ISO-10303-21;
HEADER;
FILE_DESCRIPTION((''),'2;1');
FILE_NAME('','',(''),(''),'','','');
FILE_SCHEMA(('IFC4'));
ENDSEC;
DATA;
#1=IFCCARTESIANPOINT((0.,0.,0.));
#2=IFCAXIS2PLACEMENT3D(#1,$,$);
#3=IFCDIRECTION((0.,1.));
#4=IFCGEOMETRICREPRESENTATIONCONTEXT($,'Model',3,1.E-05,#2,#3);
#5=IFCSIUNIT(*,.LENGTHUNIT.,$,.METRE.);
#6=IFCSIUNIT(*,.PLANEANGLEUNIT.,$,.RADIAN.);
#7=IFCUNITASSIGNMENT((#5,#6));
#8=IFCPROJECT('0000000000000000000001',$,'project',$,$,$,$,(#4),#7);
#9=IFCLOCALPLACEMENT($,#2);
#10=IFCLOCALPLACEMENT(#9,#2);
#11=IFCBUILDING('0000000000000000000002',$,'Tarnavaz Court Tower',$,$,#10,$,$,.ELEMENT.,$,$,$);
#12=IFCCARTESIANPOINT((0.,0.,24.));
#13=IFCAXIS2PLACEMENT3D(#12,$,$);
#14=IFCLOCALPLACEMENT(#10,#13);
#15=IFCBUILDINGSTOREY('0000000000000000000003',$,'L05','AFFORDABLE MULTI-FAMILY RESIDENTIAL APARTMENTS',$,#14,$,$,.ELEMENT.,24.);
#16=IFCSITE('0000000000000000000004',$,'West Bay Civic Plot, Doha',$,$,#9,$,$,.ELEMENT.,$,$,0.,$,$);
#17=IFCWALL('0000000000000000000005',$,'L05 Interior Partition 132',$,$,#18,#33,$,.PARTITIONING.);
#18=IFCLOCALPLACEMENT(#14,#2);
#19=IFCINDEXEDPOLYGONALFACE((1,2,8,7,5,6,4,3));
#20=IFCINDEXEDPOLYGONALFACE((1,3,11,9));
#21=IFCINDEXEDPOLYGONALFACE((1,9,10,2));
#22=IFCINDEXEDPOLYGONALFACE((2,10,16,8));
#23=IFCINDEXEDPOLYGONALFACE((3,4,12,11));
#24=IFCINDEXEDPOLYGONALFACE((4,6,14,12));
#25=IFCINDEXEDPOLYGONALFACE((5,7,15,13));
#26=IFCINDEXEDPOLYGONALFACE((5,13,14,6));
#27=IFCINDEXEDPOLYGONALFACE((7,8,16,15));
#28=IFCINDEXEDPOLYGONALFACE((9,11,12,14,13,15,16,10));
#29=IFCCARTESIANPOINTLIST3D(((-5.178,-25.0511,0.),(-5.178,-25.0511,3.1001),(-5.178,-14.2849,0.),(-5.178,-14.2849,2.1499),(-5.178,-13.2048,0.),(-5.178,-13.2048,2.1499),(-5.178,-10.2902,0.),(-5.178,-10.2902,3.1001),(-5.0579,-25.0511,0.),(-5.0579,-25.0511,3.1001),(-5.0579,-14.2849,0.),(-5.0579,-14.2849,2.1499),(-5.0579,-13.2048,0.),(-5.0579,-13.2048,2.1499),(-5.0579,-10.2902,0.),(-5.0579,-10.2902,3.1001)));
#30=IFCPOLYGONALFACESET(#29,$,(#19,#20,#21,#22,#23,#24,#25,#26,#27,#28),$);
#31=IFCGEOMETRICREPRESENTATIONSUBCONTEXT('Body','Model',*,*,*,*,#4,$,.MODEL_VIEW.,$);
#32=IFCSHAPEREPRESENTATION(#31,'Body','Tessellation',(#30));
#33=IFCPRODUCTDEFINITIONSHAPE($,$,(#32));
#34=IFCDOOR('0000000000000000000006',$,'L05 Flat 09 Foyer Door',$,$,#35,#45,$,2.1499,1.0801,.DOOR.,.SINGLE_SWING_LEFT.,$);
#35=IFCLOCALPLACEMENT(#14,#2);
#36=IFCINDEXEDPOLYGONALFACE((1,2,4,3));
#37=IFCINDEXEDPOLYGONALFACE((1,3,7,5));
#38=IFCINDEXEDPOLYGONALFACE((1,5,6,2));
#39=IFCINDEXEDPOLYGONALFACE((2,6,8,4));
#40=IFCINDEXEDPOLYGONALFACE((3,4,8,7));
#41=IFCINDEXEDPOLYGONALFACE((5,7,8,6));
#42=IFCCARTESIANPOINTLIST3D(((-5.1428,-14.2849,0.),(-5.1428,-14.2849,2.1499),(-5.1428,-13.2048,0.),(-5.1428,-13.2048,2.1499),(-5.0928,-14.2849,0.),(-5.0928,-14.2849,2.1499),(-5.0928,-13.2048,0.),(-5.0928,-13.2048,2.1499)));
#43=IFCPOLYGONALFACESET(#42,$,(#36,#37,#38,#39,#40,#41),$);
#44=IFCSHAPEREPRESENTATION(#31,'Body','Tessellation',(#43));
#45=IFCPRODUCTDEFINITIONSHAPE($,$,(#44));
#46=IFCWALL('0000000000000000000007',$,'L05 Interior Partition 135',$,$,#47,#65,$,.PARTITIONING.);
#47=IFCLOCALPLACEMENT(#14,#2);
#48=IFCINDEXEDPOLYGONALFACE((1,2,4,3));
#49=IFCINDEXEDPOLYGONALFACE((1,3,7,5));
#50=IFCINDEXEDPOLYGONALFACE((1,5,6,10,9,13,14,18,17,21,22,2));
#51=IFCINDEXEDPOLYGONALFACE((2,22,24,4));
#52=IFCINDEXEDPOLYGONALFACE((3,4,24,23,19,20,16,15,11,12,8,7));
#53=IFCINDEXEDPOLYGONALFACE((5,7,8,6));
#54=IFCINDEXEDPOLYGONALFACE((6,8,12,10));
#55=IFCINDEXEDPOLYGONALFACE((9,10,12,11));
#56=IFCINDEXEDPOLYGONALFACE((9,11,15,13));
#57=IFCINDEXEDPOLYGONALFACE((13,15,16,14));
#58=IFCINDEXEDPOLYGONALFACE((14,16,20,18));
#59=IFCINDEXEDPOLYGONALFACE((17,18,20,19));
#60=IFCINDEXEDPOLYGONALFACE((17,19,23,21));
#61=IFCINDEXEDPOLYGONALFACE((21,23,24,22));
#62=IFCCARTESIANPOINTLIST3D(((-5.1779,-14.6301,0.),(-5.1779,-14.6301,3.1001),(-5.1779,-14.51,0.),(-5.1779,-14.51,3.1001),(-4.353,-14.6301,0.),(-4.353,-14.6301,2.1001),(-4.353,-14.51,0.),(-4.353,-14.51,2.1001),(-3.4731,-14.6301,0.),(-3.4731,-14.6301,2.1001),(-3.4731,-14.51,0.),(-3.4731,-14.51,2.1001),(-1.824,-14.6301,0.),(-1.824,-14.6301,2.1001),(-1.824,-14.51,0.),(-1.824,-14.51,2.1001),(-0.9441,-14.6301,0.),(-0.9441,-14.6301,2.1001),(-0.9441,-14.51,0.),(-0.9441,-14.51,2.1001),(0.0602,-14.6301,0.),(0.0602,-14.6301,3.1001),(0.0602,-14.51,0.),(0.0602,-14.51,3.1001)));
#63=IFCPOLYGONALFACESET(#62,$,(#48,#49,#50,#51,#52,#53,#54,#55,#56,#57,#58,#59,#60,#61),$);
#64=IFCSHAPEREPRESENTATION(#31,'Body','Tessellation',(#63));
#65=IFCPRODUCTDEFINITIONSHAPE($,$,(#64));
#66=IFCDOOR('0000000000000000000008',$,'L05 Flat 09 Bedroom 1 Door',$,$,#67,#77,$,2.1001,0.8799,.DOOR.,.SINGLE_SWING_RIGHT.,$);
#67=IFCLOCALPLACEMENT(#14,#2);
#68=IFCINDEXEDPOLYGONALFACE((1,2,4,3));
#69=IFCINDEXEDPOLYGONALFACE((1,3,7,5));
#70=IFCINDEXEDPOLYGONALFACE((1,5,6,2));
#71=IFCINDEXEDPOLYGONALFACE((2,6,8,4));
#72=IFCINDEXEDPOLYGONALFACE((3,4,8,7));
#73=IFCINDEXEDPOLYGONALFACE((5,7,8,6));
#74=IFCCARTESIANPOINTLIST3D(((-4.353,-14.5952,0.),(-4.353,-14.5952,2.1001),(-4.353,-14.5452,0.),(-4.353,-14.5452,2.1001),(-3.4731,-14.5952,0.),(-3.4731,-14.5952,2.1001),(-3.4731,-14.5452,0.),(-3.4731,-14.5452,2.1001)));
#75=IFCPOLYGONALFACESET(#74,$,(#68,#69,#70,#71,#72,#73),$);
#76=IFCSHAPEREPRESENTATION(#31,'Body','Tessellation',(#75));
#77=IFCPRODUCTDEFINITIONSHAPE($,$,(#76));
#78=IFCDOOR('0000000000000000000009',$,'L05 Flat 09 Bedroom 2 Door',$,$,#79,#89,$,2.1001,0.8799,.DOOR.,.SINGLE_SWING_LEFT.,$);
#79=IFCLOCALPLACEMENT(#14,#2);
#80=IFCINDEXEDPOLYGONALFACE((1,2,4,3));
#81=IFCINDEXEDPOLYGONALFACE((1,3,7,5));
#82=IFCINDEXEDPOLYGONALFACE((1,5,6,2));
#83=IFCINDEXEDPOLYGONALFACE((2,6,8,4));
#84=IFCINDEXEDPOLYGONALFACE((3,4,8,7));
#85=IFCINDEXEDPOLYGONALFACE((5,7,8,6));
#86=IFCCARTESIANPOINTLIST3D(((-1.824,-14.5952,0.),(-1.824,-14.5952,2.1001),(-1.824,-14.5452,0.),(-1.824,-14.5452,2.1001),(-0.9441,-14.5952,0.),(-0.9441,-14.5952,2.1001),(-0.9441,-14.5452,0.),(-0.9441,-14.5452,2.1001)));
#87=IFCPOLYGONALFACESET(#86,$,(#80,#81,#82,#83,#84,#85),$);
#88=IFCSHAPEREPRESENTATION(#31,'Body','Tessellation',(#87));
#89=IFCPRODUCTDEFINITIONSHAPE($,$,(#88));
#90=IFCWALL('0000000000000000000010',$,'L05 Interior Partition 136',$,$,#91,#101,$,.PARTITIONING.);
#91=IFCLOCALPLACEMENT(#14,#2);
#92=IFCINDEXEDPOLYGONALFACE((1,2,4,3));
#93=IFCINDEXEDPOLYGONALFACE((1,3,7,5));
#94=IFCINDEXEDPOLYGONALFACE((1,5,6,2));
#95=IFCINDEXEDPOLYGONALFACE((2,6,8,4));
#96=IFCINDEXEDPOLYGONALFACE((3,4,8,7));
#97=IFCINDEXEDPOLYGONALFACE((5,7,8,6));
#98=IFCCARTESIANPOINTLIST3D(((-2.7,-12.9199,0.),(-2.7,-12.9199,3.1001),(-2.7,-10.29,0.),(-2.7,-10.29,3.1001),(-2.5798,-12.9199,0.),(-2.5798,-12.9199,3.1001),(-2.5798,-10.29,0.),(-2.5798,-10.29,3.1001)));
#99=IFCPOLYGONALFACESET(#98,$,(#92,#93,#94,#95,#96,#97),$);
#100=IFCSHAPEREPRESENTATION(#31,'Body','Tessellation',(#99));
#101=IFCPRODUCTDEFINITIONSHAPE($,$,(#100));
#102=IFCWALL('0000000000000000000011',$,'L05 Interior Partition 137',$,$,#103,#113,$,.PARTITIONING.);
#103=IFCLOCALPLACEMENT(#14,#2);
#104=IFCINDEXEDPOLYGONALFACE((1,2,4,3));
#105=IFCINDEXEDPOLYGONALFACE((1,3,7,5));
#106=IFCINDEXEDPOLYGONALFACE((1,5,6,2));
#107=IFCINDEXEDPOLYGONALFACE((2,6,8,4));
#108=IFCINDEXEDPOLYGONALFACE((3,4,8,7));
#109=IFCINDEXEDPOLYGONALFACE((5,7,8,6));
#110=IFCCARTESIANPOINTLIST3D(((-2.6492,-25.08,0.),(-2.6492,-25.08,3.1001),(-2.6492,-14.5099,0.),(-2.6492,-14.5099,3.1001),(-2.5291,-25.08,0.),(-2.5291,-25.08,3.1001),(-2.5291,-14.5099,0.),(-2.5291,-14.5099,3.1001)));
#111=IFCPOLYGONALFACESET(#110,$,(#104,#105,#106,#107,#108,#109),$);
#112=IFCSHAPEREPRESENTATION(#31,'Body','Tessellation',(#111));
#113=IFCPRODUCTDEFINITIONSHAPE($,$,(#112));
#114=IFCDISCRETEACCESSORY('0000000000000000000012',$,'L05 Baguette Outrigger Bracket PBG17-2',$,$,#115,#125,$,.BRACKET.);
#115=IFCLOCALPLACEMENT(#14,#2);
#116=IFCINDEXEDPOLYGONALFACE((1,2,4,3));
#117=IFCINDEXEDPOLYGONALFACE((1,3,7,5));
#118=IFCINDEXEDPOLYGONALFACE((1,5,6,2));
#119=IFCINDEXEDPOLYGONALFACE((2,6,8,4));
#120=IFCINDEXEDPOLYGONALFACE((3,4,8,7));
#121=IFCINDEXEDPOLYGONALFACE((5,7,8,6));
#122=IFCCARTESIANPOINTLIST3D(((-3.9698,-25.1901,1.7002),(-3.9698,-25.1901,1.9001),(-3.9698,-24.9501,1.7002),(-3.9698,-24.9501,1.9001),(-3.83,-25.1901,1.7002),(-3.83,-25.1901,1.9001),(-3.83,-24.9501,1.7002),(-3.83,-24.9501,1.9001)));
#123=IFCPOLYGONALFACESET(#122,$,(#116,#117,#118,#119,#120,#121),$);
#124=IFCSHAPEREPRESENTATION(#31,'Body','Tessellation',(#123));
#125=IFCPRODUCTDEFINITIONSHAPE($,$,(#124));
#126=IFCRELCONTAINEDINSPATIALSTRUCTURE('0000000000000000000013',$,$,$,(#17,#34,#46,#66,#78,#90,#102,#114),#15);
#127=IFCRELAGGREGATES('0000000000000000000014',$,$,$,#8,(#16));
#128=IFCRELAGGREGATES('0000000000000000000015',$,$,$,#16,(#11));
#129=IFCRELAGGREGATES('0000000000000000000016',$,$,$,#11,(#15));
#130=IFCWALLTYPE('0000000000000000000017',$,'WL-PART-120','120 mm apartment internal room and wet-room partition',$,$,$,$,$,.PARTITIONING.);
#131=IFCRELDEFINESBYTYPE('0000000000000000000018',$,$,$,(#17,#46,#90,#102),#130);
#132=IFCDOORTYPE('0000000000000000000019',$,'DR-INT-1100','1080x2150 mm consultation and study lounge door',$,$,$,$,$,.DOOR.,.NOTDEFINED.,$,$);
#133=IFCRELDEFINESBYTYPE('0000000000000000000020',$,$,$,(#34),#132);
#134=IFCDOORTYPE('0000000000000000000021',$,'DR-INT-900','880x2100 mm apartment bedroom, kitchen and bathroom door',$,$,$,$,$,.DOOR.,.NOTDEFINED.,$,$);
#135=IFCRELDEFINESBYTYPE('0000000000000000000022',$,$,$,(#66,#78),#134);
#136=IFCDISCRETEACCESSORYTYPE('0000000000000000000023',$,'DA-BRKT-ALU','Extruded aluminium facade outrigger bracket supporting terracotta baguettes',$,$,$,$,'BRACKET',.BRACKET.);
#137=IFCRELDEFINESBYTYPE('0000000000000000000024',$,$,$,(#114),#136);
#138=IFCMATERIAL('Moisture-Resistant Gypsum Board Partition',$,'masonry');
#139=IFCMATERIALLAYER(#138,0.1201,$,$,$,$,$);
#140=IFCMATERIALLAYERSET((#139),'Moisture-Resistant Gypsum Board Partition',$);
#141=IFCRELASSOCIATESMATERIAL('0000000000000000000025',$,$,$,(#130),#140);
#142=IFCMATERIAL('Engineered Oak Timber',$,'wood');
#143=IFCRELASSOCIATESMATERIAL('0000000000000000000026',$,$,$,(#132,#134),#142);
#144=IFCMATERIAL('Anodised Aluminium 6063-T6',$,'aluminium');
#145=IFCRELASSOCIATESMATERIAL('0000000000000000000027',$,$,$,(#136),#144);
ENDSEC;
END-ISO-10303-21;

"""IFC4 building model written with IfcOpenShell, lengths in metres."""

from ifc_helpers import new_model, si_unit, direction, frame, frame_2d, origin, origin_2d, place, context, subcontext, project, spatial, rectangle, extrude, material, layer, layer_set, type_object, element, fill, save


model = new_model("IFC4")

# Units and contexts
model_context = context("Model", 3, precision=1e-05, world=origin(), true_north=direction((0.0, 1.0)))
body_context = subcontext(model_context, "Body", "Model", "MODEL_VIEW")
ifc_project = project(units=[si_unit("LENGTHUNIT", "METRE"), si_unit("PLANEANGLEUNIT", "RADIAN")], contexts=[model_context])

# Site, building, storey
site_placement = place(None, origin())
site = spatial("IfcSite", under=ifc_project, at=site_placement, Name="West Bay Civic Plot, Doha", CompositionType="ELEMENT", RefElevation=0.0)
building_placement = place(site_placement, origin())
building = spatial("IfcBuilding", under=site, at=building_placement, Name="Tarnavaz Court Tower", CompositionType="ELEMENT")
storey_placement = place(building_placement, frame((0.0, 0.0, 24.0)))
storey = spatial("IfcBuildingStorey", under=building, at=storey_placement, Name="L05", Description="AFFORDABLE MULTI-FAMILY RESIDENTIAL APARTMENTS", CompositionType="ELEMENT", Elevation=24.0)

# Shared definitions
ifc_material_1 = material(Name="Anodised Aluminium 6063-T6", Category="aluminium")

# Wall, opening, door
ifc_material_2 = material(Name="Moisture-Resistant Gypsum Board Partition", Category="masonry")
ifc_layer_1 = layer(ifc_material_2, 0.1201)
ifc_layer_set_1 = layer_set([ifc_layer_1], Name="Moisture-Resistant Gypsum Board Partition")
wall_type_1 = type_object("IfcWallType", Name="WL-PART-120", Description="120 mm apartment internal room and wet-room partition", PredefinedType="PARTITIONING", material=ifc_layer_set_1)
wall_1_placement = place(storey_placement, frame((-5.1179, -25.051, 0.0), z_axis=(0.0, 0.0, 1.0), x_axis=(0.0, 1.0, 0.0)))
wall_1 = element("IfcWall", 1, at=wall_1_placement, inside=storey, type_object=wall_type_1, Name="L05 Interior Partition 132", PredefinedType="PARTITIONING", context=body_context, shape_type="SweptSolid", body=[
    extrude(rectangle(XDim=14.761, YDim=0.1201, at=frame_2d((7.3804, 0.0))), origin(), (0.0, 0.0, 1.0), 3.1001),
])
opening_1_placement = place(wall_1_placement, frame((10.7661, 0.0, 0.0)))
opening_1 = element("IfcOpeningElement", 2, at=opening_1_placement, cuts=wall_1, PredefinedType="OPENING", context=body_context, shape_type="SweptSolid", body=[
    extrude(rectangle(XDim=1.0801, YDim=2.1499, at=frame_2d((0.54, 1.075))), frame((0.0, 0.0701, 0.0), z_axis=(0.0, -1.0, 0.0), x_axis=(1.0, 0.0, 0.0)), (0.0, 0.0, 1.0), 0.1401),
])
ifc_material_3 = material(Name="Engineered Oak Timber", Category="wood")
door_type_1 = type_object("IfcDoorType", Name="DR-INT-1100", Description="1080x2150 mm consultation and study lounge door", OperationType="NOTDEFINED", PredefinedType="DOOR", material=ifc_material_3)
door_1_placement = place(opening_1_placement, origin())
door_1 = element("IfcDoor", 3, at=door_1_placement, inside=storey, type_object=door_type_1, Name="L05 Flat 09 Foyer Door", OperationType="SINGLE_SWING_LEFT", OverallHeight=2.1499, OverallWidth=1.0801, PredefinedType="DOOR", context=body_context, shape_type="SweptSolid", body=[
    extrude(rectangle(XDim=1.0801, YDim=2.1499, at=frame_2d((0.54, 1.075))), frame((0.0, 0.0249, 0.0), z_axis=(0.0, -1.0, 0.0), x_axis=(1.0, 0.0, 0.0)), (0.0, 0.0, 1.0), 0.05),
])
fill(opening_1, door_1)

# Wall, openings, doors
wall_2_placement = place(storey_placement, frame((-5.178, -14.5701, 0.0), z_axis=(0.0, 0.0, 1.0), x_axis=(1.0, 0.0, 0.0)))
wall_2 = element("IfcWall", 4, at=wall_2_placement, inside=storey, type_object=wall_type_1, Name="L05 Interior Partition 135", PredefinedType="PARTITIONING", context=body_context, shape_type="SweptSolid", body=[
    extrude(rectangle(XDim=5.238, YDim=0.1201, at=frame_2d((2.6191, 0.0))), origin(), (0.0, 0.0, 1.0), 3.1001),
])
opening_2_placement = place(wall_2_placement, frame((0.825, 0.0, 0.0)))
opening_2 = element("IfcOpeningElement", 5, at=opening_2_placement, cuts=wall_2, PredefinedType="OPENING", context=body_context, shape_type="SweptSolid", body=[
    extrude(rectangle(XDim=0.8799, YDim=2.1001, at=frame_2d((0.4399, 1.05))), frame((0.0, 0.0701, 0.0), z_axis=(0.0, -1.0, 0.0), x_axis=(1.0, 0.0, 0.0)), (0.0, 0.0, 1.0), 0.1401),
])
opening_3_placement = place(wall_2_placement, frame((3.354, 0.0, 0.0)))
opening_3 = element("IfcOpeningElement", 6, at=opening_3_placement, cuts=wall_2, PredefinedType="OPENING", context=body_context, shape_type="SweptSolid", body=[
    extrude(rectangle(XDim=0.8799, YDim=2.1001, at=frame_2d((0.4399, 1.05))), frame((0.0, 0.0701, 0.0), z_axis=(0.0, -1.0, 0.0), x_axis=(1.0, 0.0, 0.0)), (0.0, 0.0, 1.0), 0.1401),
])
door_type_2 = type_object("IfcDoorType", Name="DR-INT-900", Description="880x2100 mm apartment bedroom, kitchen and bathroom door", OperationType="NOTDEFINED", PredefinedType="DOOR", material=ifc_material_3)
door_2_placement = place(opening_2_placement, origin())
door_2 = element("IfcDoor", 7, at=door_2_placement, inside=storey, type_object=door_type_2, Name="L05 Flat 09 Bedroom 1 Door", OperationType="SINGLE_SWING_RIGHT", OverallHeight=2.1001, OverallWidth=0.8799, PredefinedType="DOOR", context=body_context, shape_type="SweptSolid", body=[
    extrude(rectangle(XDim=0.8799, YDim=2.1001, at=frame_2d((0.4399, 1.05))), frame((0.0, 0.0249, 0.0), z_axis=(0.0, -1.0, 0.0), x_axis=(1.0, 0.0, 0.0)), (0.0, 0.0, 1.0), 0.05),
])
fill(opening_2, door_2)
door_3_placement = place(opening_3_placement, origin())
door_3 = element("IfcDoor", 8, at=door_3_placement, inside=storey, type_object=door_type_2, Name="L05 Flat 09 Bedroom 2 Door", OperationType="SINGLE_SWING_LEFT", OverallHeight=2.1001, OverallWidth=0.8799, PredefinedType="DOOR", context=body_context, shape_type="SweptSolid", body=[
    extrude(rectangle(XDim=0.8799, YDim=2.1001, at=frame_2d((0.4399, 1.05))), frame((0.0, 0.0249, 0.0), z_axis=(0.0, -1.0, 0.0), x_axis=(1.0, 0.0, 0.0)), (0.0, 0.0, 1.0), 0.05),
])
fill(opening_3, door_3)

# Walls
wall_3_placement = place(storey_placement, frame((-2.6399, -12.9199, 0.0), z_axis=(0.0, 0.0, 1.0), x_axis=(0.0, 1.0, 0.0)))
element("IfcWall", 9, at=wall_3_placement, inside=storey, type_object=wall_type_1, Name="L05 Interior Partition 136", PredefinedType="PARTITIONING", context=body_context, shape_type="SweptSolid", body=[
    extrude(rectangle(XDim=2.6299, YDim=0.1201, at=frame_2d((1.3149, 0.0))), origin(), (0.0, 0.0, 1.0), 3.1001),
])
wall_4_placement = place(storey_placement, frame((-2.5891, -25.0801, 0.0), z_axis=(0.0, 0.0, 1.0), x_axis=(0.0, 1.0, 0.0)))
element("IfcWall", 10, at=wall_4_placement, inside=storey, type_object=wall_type_1, Name="L05 Interior Partition 137", PredefinedType="PARTITIONING", context=body_context, shape_type="SweptSolid", body=[
    extrude(rectangle(XDim=10.5701, YDim=0.1201, at=frame_2d((5.2852, 0.0))), origin(), (0.0, 0.0, 1.0), 3.1001),
])

# Discrete accessory
discrete_accessory_type = type_object("IfcDiscreteAccessoryType", Name="DA-BRKT-ALU", Description="Extruded aluminium facade outrigger bracket supporting terracotta baguettes", ElementType="BRACKET", PredefinedType="BRACKET", material=ifc_material_1)
discrete_accessory_placement = place(storey_placement, frame((-3.8999, -25.0701, 1.7002), z_axis=(0.0, 0.0, 1.0), x_axis=(-1.0, 0.0, 0.0)))
element("IfcDiscreteAccessory", 11, at=discrete_accessory_placement, inside=storey, type_object=discrete_accessory_type, Name="L05 Baguette Outrigger Bracket PBG17-2", PredefinedType="BRACKET", context=body_context, shape_type="SweptSolid", body=[
    extrude(rectangle(XDim=0.1399, YDim=0.24, at=origin_2d()), origin(), (0.0, 0.0, 1.0), 0.2),
])

save(model, "model.ifc")
